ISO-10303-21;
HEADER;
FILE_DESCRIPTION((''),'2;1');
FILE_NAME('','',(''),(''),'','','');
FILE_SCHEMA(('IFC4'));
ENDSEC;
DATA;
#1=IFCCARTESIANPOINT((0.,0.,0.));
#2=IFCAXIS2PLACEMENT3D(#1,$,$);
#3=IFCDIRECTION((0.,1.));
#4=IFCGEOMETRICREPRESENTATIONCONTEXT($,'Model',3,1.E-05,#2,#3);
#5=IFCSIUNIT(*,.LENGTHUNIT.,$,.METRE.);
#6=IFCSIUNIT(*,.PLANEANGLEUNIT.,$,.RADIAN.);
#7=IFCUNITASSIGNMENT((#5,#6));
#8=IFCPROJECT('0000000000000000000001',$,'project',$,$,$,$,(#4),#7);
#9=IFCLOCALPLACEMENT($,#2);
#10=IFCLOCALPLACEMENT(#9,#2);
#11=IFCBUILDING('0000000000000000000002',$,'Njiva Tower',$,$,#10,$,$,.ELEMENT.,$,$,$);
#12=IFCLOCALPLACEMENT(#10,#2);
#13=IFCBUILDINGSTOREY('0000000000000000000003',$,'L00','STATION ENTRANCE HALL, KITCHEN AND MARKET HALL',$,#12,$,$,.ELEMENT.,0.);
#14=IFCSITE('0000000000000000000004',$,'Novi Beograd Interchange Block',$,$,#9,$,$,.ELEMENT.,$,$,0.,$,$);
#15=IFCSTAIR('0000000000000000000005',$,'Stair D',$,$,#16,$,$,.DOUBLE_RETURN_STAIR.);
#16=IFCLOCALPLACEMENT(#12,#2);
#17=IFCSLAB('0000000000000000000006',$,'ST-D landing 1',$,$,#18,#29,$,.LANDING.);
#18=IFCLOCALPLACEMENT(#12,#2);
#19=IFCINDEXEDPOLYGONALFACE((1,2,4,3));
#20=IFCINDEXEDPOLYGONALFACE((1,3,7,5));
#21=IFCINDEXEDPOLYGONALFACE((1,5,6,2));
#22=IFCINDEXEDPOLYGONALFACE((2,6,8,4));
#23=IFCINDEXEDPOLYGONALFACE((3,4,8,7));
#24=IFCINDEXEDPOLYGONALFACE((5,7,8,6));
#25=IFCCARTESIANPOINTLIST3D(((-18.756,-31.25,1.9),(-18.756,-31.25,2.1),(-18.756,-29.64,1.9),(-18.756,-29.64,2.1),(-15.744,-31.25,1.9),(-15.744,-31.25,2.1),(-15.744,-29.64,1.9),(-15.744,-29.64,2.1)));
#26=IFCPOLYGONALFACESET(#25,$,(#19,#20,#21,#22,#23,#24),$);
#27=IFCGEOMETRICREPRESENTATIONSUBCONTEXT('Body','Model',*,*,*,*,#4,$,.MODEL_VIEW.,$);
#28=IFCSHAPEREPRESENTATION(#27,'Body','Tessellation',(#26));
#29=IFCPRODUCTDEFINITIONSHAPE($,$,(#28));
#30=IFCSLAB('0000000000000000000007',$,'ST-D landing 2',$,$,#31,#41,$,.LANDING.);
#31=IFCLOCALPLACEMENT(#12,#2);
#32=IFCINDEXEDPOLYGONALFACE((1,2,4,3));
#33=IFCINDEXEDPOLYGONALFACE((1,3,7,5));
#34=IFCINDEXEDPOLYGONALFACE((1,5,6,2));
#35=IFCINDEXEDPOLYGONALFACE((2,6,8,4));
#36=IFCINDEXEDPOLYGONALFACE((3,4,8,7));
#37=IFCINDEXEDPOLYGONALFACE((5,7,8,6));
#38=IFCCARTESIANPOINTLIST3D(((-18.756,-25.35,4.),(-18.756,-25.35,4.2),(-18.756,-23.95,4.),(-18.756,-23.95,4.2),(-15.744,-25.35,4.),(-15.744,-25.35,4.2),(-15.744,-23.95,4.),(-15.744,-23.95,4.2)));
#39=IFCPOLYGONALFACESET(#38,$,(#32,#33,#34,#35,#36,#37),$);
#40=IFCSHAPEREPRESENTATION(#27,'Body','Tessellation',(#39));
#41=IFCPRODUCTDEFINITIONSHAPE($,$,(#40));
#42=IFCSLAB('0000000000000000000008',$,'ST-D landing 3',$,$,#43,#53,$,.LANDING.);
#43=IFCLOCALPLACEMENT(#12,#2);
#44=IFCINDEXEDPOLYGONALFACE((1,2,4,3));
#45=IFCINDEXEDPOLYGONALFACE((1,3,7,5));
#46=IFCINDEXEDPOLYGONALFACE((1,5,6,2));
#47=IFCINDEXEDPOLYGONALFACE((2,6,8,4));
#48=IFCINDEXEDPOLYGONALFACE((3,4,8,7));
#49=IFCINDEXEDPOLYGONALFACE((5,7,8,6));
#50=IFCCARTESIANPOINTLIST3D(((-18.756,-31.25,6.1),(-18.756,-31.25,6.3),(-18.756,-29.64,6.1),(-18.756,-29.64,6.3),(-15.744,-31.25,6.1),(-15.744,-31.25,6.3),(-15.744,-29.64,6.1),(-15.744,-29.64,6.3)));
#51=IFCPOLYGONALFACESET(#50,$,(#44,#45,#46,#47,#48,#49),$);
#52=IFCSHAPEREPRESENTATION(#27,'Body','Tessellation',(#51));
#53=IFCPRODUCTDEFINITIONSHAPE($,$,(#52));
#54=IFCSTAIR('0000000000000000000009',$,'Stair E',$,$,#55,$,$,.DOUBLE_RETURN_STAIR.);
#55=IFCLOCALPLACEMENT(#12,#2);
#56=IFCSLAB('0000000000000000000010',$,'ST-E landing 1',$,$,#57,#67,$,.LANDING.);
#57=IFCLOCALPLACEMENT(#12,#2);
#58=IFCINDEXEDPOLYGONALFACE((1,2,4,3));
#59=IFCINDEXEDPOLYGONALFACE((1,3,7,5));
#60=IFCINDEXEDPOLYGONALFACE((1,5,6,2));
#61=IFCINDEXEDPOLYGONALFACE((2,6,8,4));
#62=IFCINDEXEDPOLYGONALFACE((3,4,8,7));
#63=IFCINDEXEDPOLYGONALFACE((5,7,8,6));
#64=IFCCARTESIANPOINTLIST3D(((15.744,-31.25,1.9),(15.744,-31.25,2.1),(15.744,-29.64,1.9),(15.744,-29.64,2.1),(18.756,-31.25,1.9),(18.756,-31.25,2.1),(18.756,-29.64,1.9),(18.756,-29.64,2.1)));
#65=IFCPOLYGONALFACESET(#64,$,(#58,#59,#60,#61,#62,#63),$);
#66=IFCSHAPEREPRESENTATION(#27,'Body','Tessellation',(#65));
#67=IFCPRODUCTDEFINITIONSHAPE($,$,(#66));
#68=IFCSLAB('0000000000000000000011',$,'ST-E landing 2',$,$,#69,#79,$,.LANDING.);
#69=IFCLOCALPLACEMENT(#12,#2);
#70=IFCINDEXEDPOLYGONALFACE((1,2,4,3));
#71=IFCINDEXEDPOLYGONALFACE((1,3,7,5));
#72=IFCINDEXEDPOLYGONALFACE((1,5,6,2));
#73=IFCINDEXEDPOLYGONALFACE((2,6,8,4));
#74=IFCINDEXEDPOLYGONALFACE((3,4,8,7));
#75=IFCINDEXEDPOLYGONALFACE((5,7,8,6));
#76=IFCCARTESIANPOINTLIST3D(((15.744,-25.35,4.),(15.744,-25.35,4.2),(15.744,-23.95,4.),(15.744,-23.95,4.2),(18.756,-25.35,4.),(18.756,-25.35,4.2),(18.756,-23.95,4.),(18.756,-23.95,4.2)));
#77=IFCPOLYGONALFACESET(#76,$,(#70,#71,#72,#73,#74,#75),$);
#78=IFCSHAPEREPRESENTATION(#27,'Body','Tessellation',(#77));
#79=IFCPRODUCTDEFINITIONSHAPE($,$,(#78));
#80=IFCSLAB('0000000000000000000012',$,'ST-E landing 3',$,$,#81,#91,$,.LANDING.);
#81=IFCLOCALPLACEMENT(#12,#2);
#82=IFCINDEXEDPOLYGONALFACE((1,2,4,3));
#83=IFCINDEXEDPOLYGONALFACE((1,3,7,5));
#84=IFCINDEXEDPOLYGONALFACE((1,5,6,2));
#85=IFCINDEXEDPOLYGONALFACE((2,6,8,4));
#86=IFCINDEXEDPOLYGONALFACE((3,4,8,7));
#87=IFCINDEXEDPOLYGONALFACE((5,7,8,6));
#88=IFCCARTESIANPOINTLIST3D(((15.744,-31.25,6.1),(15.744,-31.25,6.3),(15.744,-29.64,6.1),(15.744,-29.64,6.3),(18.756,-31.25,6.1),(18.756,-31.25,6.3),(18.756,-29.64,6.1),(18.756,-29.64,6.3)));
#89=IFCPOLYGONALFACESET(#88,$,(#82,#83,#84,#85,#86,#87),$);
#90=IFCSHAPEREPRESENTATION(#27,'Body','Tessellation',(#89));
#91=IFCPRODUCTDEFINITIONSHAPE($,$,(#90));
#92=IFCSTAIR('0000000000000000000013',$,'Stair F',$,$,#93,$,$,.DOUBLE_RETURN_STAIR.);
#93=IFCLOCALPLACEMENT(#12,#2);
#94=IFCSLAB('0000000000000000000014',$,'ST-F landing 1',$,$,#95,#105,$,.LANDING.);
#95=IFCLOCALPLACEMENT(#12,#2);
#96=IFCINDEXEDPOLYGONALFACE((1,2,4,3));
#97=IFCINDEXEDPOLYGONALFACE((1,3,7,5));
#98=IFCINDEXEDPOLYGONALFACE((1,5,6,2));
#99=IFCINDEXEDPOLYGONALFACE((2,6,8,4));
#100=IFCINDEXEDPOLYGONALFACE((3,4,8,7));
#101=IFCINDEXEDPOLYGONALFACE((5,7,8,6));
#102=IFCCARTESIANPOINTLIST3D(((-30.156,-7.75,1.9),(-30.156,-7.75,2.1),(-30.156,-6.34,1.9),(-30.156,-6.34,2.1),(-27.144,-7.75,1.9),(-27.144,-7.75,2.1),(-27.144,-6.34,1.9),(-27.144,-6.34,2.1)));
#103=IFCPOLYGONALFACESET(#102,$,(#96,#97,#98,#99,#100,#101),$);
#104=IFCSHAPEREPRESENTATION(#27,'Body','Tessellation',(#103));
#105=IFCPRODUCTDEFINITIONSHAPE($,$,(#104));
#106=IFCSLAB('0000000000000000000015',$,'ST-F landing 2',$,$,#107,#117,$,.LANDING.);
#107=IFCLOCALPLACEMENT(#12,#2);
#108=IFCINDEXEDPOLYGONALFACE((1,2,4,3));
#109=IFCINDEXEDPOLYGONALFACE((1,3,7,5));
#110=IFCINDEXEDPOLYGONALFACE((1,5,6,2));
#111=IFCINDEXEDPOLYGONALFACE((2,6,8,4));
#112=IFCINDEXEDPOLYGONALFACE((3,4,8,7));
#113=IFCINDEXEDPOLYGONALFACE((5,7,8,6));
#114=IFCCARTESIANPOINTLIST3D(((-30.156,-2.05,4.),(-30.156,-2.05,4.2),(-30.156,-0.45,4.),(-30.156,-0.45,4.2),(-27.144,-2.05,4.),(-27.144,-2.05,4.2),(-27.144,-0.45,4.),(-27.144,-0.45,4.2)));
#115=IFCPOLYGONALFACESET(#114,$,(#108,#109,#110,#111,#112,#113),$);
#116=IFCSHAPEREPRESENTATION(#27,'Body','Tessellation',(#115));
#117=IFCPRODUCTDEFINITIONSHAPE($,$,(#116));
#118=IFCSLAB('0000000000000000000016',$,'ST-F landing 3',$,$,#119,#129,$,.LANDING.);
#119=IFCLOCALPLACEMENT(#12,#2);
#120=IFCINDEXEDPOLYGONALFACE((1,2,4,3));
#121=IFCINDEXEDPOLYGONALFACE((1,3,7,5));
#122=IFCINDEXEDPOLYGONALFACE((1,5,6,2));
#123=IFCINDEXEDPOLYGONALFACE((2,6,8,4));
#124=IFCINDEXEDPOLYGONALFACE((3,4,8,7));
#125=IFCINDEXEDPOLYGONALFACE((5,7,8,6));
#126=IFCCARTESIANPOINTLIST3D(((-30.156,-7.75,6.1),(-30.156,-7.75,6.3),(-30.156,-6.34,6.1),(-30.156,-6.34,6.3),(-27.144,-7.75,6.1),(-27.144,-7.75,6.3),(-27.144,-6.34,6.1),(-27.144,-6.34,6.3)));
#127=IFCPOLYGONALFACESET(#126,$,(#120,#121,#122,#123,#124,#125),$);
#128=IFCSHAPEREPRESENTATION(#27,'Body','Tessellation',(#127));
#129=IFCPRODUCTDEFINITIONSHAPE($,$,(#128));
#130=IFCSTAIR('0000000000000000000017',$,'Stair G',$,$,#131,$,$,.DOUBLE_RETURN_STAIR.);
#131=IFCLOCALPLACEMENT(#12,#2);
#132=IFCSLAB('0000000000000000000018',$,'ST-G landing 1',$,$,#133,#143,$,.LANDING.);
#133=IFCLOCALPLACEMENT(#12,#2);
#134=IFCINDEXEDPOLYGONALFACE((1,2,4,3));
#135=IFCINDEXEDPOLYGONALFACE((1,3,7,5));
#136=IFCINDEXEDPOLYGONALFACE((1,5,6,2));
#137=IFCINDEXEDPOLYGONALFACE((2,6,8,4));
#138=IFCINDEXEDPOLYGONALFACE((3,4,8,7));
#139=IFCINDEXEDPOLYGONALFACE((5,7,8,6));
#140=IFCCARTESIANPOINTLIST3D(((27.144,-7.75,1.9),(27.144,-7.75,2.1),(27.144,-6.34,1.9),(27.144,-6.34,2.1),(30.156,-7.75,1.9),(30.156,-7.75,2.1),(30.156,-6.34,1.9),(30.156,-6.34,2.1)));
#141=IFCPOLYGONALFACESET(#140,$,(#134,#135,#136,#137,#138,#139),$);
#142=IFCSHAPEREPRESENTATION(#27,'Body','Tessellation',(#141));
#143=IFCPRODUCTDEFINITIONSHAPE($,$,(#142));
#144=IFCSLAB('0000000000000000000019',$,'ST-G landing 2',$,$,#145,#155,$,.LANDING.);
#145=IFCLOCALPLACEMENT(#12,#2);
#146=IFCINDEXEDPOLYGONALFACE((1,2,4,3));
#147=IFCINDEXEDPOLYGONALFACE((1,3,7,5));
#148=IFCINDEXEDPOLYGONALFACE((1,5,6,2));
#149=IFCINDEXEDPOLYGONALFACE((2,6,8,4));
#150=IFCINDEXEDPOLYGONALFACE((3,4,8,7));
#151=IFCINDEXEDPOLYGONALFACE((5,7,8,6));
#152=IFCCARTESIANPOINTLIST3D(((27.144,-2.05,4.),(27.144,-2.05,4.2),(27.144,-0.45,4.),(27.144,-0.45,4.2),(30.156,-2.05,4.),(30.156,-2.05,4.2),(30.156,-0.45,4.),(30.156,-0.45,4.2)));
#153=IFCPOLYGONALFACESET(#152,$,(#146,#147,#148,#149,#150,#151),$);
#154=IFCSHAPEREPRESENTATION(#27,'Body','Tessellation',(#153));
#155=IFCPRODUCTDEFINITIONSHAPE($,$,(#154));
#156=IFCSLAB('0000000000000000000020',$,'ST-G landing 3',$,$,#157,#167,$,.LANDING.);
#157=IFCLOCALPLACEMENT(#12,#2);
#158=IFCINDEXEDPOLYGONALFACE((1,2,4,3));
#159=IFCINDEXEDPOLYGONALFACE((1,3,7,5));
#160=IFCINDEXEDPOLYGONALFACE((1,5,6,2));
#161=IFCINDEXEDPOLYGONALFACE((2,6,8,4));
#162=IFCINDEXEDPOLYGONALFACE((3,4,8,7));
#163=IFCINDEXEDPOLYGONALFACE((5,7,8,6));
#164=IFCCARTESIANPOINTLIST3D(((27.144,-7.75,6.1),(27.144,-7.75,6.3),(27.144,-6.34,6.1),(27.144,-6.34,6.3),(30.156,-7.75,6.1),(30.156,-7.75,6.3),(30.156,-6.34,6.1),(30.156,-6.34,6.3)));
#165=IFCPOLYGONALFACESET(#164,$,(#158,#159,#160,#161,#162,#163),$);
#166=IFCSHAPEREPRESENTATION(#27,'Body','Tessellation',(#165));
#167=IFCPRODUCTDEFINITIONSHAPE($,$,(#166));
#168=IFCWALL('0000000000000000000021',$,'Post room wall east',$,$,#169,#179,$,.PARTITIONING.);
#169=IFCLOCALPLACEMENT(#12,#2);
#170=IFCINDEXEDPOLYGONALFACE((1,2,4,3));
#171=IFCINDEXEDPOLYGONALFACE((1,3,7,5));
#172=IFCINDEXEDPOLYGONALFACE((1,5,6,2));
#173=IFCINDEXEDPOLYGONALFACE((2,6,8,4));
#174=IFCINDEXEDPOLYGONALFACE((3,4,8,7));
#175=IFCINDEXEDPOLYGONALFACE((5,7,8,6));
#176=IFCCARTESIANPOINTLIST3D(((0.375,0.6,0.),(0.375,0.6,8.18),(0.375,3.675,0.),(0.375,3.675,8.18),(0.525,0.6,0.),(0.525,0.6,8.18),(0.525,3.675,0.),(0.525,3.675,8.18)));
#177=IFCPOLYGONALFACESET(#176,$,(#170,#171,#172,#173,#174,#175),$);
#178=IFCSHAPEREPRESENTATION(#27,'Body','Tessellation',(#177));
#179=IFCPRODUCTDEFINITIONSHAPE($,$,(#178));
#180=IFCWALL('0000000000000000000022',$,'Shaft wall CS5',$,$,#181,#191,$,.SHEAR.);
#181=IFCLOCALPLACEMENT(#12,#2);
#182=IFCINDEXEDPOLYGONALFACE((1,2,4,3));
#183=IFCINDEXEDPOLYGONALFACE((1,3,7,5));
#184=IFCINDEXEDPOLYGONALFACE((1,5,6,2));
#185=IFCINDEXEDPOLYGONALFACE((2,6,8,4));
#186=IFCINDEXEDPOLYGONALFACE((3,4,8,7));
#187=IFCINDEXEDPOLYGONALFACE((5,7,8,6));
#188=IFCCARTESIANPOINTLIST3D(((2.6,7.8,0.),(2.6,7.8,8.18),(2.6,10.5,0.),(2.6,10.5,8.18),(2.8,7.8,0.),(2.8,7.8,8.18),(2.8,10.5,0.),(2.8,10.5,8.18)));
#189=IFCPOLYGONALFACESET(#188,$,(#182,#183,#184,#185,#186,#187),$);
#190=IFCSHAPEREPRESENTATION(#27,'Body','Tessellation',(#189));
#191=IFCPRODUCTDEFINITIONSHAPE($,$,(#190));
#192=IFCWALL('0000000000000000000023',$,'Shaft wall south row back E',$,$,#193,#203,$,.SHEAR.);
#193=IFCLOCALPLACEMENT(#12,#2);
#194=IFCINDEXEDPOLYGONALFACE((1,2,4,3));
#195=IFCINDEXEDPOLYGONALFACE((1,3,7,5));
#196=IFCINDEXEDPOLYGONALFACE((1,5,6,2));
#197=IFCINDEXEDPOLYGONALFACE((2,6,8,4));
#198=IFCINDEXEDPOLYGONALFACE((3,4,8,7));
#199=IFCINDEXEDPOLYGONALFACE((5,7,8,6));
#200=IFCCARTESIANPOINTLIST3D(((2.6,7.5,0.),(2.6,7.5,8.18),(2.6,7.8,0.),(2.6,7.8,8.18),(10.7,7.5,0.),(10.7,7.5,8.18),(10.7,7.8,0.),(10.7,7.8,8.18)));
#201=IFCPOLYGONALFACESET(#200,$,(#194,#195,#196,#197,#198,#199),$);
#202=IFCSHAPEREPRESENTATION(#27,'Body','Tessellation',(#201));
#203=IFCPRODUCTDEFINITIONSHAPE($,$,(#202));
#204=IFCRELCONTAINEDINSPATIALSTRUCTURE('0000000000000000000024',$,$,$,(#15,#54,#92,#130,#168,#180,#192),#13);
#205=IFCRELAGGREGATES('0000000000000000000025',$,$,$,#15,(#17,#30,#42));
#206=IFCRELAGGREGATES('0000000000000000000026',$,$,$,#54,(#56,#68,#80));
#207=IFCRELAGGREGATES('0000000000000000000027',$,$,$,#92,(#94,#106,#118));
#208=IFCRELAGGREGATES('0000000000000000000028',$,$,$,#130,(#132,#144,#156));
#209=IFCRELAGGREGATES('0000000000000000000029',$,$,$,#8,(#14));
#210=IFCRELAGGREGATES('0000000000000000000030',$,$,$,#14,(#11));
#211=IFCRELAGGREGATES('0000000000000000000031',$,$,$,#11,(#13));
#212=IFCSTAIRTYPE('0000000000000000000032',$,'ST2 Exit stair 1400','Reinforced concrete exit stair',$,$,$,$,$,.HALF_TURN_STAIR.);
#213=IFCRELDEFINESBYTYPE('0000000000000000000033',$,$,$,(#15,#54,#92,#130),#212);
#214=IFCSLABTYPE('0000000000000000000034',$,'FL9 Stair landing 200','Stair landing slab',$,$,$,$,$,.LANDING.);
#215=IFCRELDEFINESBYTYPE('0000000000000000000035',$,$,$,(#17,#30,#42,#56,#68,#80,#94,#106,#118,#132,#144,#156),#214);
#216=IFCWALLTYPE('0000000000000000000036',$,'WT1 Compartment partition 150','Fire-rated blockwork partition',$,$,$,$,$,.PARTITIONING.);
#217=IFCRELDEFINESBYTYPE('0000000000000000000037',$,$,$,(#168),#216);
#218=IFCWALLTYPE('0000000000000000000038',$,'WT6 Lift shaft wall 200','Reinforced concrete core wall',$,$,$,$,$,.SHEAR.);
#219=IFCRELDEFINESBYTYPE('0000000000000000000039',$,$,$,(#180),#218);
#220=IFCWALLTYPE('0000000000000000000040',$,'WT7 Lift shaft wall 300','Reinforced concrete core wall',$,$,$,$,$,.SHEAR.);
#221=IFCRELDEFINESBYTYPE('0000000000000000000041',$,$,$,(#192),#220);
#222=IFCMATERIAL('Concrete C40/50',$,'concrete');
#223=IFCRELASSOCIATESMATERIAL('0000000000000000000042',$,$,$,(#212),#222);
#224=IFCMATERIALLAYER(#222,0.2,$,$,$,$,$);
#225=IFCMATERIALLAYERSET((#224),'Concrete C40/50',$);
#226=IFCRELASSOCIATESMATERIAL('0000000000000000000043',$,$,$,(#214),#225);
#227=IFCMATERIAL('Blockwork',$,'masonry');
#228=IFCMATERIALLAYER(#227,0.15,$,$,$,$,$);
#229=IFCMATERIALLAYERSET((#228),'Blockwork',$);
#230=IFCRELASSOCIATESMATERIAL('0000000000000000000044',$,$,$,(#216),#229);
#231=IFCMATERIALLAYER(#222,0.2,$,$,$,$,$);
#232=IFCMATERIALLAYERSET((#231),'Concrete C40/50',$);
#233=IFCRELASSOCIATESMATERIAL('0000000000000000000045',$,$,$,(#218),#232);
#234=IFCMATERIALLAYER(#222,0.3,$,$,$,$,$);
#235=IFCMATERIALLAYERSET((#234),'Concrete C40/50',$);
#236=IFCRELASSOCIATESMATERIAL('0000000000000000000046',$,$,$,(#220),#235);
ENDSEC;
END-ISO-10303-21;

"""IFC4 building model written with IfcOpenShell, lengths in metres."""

from ifc_helpers import new_model, si_unit, direction, frame, frame_2d, origin, place, context, subcontext, project, spatial, polyline, rectangle, outline, extrude, material, layer, layer_set, type_object, element, aggregate, save


model = new_model("IFC4")

# Units and contexts
model_context = context("Model", 3, precision=1e-05, world=origin(), true_north=direction((0.0, 1.0)))
body_context = subcontext(model_context, "Body", "Model", "MODEL_VIEW")
ifc_project = project(units=[si_unit("LENGTHUNIT", "METRE"), si_unit("PLANEANGLEUNIT", "RADIAN")], contexts=[model_context])

# Site, building, storey
site_placement = place(None, origin())
site = spatial("IfcSite", under=ifc_project, at=site_placement, Name="Novi Beograd Interchange Block", CompositionType="ELEMENT", RefElevation=0.0)
building_placement = place(site_placement, origin())
building = spatial("IfcBuilding", under=site, at=building_placement, Name="Njiva Tower", CompositionType="ELEMENT")
storey_placement = place(building_placement, origin())
storey = spatial("IfcBuildingStorey", under=building, at=storey_placement, Name="L00", Description="STATION ENTRANCE HALL, KITCHEN AND MARKET HALL", CompositionType="ELEMENT", Elevation=0.0)

# Stairs, slabs
ifc_material_1 = material(Name="Concrete C40/50", Category="concrete")
stair_type = type_object("IfcStairType", Name="ST2 Exit stair 1400", Description="Reinforced concrete exit stair", PredefinedType="HALF_TURN_STAIR", material=ifc_material_1)
stair_1_placement = place(storey_placement, origin())
stair_1 = element("IfcStair", 1, at=stair_1_placement, inside=storey, type_object=stair_type, Name="Stair D", PredefinedType="DOUBLE_RETURN_STAIR")
ifc_layer_1 = layer(ifc_material_1, 0.2)
ifc_layer_set_1 = layer_set([ifc_layer_1], Name="Concrete C40/50")
slab_type = type_object("IfcSlabType", Name="FL9 Stair landing 200", Description="Stair landing slab", PredefinedType="LANDING", material=ifc_layer_set_1)
slab_1_placement = place(storey_placement, frame((0.0, 0.0, 1.9)))
slab_1 = element("IfcSlab", 2, at=slab_1_placement, type_object=slab_type, Name="ST-D landing 1", PredefinedType="LANDING", context=body_context, shape_type="SweptSolid", body=[
    extrude(outline(polyline([(-18.756, -31.25), (-15.744, -31.25), (-15.744, -29.64), (-18.756, -29.64), (-18.756, -31.25)])), origin(), (0.0, 0.0, 1.0), 0.2),
])
slab_2_placement = place(storey_placement, frame((0.0, 0.0, 4.0)))
slab_2 = element("IfcSlab", 3, at=slab_2_placement, type_object=slab_type, Name="ST-D landing 2", PredefinedType="LANDING", context=body_context, shape_type="SweptSolid", body=[
    extrude(outline(polyline([(-18.756, -25.35), (-15.744, -25.35), (-15.744, -23.95), (-18.756, -23.95), (-18.756, -25.35)])), origin(), (0.0, 0.0, 1.0), 0.2),
])
slab_3_placement = place(storey_placement, frame((0.0, 0.0, 6.1)))
slab_3 = element("IfcSlab", 4, at=slab_3_placement, type_object=slab_type, Name="ST-D landing 3", PredefinedType="LANDING", context=body_context, shape_type="SweptSolid", body=[
    extrude(outline(polyline([(-18.756, -31.25), (-15.744, -31.25), (-15.744, -29.64), (-18.756, -29.64), (-18.756, -31.25)])), origin(), (0.0, 0.0, 1.0), 0.2),
])
aggregate(stair_1, [slab_1, slab_2, slab_3])
stair_2_placement = place(storey_placement, origin())
stair_2 = element("IfcStair", 5, at=stair_2_placement, inside=storey, type_object=stair_type, Name="Stair E", PredefinedType="DOUBLE_RETURN_STAIR")
slab_4_placement = place(storey_placement, frame((0.0, 0.0, 1.9)))
slab_4 = element("IfcSlab", 6, at=slab_4_placement, type_object=slab_type, Name="ST-E landing 1", PredefinedType="LANDING", context=body_context, shape_type="SweptSolid", body=[
    extrude(outline(polyline([(15.744, -31.25), (18.756, -31.25), (18.756, -29.64), (15.744, -29.64), (15.744, -31.25)])), origin(), (0.0, 0.0, 1.0), 0.2),
])
slab_5_placement = place(storey_placement, frame((0.0, 0.0, 4.0)))
slab_5 = element("IfcSlab", 7, at=slab_5_placement, type_object=slab_type, Name="ST-E landing 2", PredefinedType="LANDING", context=body_context, shape_type="SweptSolid", body=[
    extrude(outline(polyline([(15.744, -25.35), (18.756, -25.35), (18.756, -23.95), (15.744, -23.95), (15.744, -25.35)])), origin(), (0.0, 0.0, 1.0), 0.2),
])
slab_6_placement = place(storey_placement, frame((0.0, 0.0, 6.1)))
slab_6 = element("IfcSlab", 8, at=slab_6_placement, type_object=slab_type, Name="ST-E landing 3", PredefinedType="LANDING", context=body_context, shape_type="SweptSolid", body=[
    extrude(outline(polyline([(15.744, -31.25), (18.756, -31.25), (18.756, -29.64), (15.744, -29.64), (15.744, -31.25)])), origin(), (0.0, 0.0, 1.0), 0.2),
])
aggregate(stair_2, [slab_4, slab_5, slab_6])
stair_3_placement = place(storey_placement, origin())
stair_3 = element("IfcStair", 9, at=stair_3_placement, inside=storey, type_object=stair_type, Name="Stair F", PredefinedType="DOUBLE_RETURN_STAIR")
slab_7_placement = place(storey_placement, frame((0.0, 0.0, 1.9)))
slab_7 = element("IfcSlab", 10, at=slab_7_placement, type_object=slab_type, Name="ST-F landing 1", PredefinedType="LANDING", context=body_context, shape_type="SweptSolid", body=[
    extrude(outline(polyline([(-30.156, -7.75), (-27.144, -7.75), (-27.144, -6.34), (-30.156, -6.34), (-30.156, -7.75)])), origin(), (0.0, 0.0, 1.0), 0.2),
])
slab_8_placement = place(storey_placement, frame((0.0, 0.0, 4.0)))
slab_8 = element("IfcSlab", 11, at=slab_8_placement, type_object=slab_type, Name="ST-F landing 2", PredefinedType="LANDING", context=body_context, shape_type="SweptSolid", body=[
    extrude(outline(polyline([(-30.156, -2.05), (-27.144, -2.05), (-27.144, -0.45), (-30.156, -0.45), (-30.156, -2.05)])), origin(), (0.0, 0.0, 1.0), 0.2),
])
slab_9_placement = place(storey_placement, frame((0.0, 0.0, 6.1)))
slab_9 = element("IfcSlab", 12, at=slab_9_placement, type_object=slab_type, Name="ST-F landing 3", PredefinedType="LANDING", context=body_context, shape_type="SweptSolid", body=[
    extrude(outline(polyline([(-30.156, -7.75), (-27.144, -7.75), (-27.144, -6.34), (-30.156, -6.34), (-30.156, -7.75)])), origin(), (0.0, 0.0, 1.0), 0.2),
])
aggregate(stair_3, [slab_7, slab_8, slab_9])
stair_4_placement = place(storey_placement, origin())
stair_4 = element("IfcStair", 13, at=stair_4_placement, inside=storey, type_object=stair_type, Name="Stair G", PredefinedType="DOUBLE_RETURN_STAIR")
slab_10_placement = place(storey_placement, frame((0.0, 0.0, 1.9)))
slab_10 = element("IfcSlab", 14, at=slab_10_placement, type_object=slab_type, Name="ST-G landing 1", PredefinedType="LANDING", context=body_context, shape_type="SweptSolid", body=[
    extrude(outline(polyline([(27.144, -7.75), (30.156, -7.75), (30.156, -6.34), (27.144, -6.34), (27.144, -7.75)])), origin(), (0.0, 0.0, 1.0), 0.2),
])
slab_11_placement = place(storey_placement, frame((0.0, 0.0, 4.0)))
slab_11 = element("IfcSlab", 15, at=slab_11_placement, type_object=slab_type, Name="ST-G landing 2", PredefinedType="LANDING", context=body_context, shape_type="SweptSolid", body=[
    extrude(outline(polyline([(27.144, -2.05), (30.156, -2.05), (30.156, -0.45), (27.144, -0.45), (27.144, -2.05)])), origin(), (0.0, 0.0, 1.0), 0.2),
])
slab_12_placement = place(storey_placement, frame((0.0, 0.0, 6.1)))
slab_12 = element("IfcSlab", 16, at=slab_12_placement, type_object=slab_type, Name="ST-G landing 3", PredefinedType="LANDING", context=body_context, shape_type="SweptSolid", body=[
    extrude(outline(polyline([(27.144, -7.75), (30.156, -7.75), (30.156, -6.34), (27.144, -6.34), (27.144, -7.75)])), origin(), (0.0, 0.0, 1.0), 0.2),
])
aggregate(stair_4, [slab_10, slab_11, slab_12])

# Walls
ifc_material_2 = material(Name="Blockwork", Category="masonry")
ifc_layer_2 = layer(ifc_material_2, 0.15)
ifc_layer_set_2 = layer_set([ifc_layer_2], Name="Blockwork")
wall_type_1 = type_object("IfcWallType", Name="WT1 Compartment partition 150", Description="Fire-rated blockwork partition", PredefinedType="PARTITIONING", material=ifc_layer_set_2)
wall_1_placement = place(storey_placement, frame((0.45, 0.6, 0.0), z_axis=(0.0, 0.0, 1.0), x_axis=(0.0, 1.0, 0.0)))
element("IfcWall", 17, at=wall_1_placement, inside=storey, type_object=wall_type_1, Name="Post room wall east", PredefinedType="PARTITIONING", context=body_context, shape_type="SweptSolid", body=[
    extrude(rectangle(XDim=3.075, YDim=0.15, at=frame_2d((1.5375, 0.0))), origin(), (0.0, 0.0, 1.0), 8.18),
])
ifc_layer_3 = layer(ifc_material_1, 0.2)
ifc_layer_set_3 = layer_set([ifc_layer_3], Name="Concrete C40/50")
wall_type_2 = type_object("IfcWallType", Name="WT6 Lift shaft wall 200", Description="Reinforced concrete core wall", PredefinedType="SHEAR", material=ifc_layer_set_3)
wall_2_placement = place(storey_placement, frame((2.7, 7.8, 0.0), z_axis=(0.0, 0.0, 1.0), x_axis=(0.0, 1.0, 0.0)))
element("IfcWall", 18, at=wall_2_placement, inside=storey, type_object=wall_type_2, Name="Shaft wall CS5", PredefinedType="SHEAR", context=body_context, shape_type="SweptSolid", body=[
    extrude(rectangle(XDim=2.7, YDim=0.2, at=frame_2d((1.35, 0.0))), origin(), (0.0, 0.0, 1.0), 8.18),
])
ifc_layer_4 = layer(ifc_material_1, 0.3)
ifc_layer_set_4 = layer_set([ifc_layer_4], Name="Concrete C40/50")
wall_type_3 = type_object("IfcWallType", Name="WT7 Lift shaft wall 300", Description="Reinforced concrete core wall", PredefinedType="SHEAR", material=ifc_layer_set_4)
wall_3_placement = place(storey_placement, frame((2.6, 7.65, 0.0), z_axis=(0.0, 0.0, 1.0), x_axis=(1.0, 0.0, 0.0)))
element("IfcWall", 19, at=wall_3_placement, inside=storey, type_object=wall_type_3, Name="Shaft wall south row back E", PredefinedType="SHEAR", context=body_context, shape_type="SweptSolid", body=[
    extrude(rectangle(XDim=8.1, YDim=0.3, at=frame_2d((4.05, 0.0))), origin(), (0.0, 0.0, 1.0), 8.18),
])

save(model, "model.ifc")
